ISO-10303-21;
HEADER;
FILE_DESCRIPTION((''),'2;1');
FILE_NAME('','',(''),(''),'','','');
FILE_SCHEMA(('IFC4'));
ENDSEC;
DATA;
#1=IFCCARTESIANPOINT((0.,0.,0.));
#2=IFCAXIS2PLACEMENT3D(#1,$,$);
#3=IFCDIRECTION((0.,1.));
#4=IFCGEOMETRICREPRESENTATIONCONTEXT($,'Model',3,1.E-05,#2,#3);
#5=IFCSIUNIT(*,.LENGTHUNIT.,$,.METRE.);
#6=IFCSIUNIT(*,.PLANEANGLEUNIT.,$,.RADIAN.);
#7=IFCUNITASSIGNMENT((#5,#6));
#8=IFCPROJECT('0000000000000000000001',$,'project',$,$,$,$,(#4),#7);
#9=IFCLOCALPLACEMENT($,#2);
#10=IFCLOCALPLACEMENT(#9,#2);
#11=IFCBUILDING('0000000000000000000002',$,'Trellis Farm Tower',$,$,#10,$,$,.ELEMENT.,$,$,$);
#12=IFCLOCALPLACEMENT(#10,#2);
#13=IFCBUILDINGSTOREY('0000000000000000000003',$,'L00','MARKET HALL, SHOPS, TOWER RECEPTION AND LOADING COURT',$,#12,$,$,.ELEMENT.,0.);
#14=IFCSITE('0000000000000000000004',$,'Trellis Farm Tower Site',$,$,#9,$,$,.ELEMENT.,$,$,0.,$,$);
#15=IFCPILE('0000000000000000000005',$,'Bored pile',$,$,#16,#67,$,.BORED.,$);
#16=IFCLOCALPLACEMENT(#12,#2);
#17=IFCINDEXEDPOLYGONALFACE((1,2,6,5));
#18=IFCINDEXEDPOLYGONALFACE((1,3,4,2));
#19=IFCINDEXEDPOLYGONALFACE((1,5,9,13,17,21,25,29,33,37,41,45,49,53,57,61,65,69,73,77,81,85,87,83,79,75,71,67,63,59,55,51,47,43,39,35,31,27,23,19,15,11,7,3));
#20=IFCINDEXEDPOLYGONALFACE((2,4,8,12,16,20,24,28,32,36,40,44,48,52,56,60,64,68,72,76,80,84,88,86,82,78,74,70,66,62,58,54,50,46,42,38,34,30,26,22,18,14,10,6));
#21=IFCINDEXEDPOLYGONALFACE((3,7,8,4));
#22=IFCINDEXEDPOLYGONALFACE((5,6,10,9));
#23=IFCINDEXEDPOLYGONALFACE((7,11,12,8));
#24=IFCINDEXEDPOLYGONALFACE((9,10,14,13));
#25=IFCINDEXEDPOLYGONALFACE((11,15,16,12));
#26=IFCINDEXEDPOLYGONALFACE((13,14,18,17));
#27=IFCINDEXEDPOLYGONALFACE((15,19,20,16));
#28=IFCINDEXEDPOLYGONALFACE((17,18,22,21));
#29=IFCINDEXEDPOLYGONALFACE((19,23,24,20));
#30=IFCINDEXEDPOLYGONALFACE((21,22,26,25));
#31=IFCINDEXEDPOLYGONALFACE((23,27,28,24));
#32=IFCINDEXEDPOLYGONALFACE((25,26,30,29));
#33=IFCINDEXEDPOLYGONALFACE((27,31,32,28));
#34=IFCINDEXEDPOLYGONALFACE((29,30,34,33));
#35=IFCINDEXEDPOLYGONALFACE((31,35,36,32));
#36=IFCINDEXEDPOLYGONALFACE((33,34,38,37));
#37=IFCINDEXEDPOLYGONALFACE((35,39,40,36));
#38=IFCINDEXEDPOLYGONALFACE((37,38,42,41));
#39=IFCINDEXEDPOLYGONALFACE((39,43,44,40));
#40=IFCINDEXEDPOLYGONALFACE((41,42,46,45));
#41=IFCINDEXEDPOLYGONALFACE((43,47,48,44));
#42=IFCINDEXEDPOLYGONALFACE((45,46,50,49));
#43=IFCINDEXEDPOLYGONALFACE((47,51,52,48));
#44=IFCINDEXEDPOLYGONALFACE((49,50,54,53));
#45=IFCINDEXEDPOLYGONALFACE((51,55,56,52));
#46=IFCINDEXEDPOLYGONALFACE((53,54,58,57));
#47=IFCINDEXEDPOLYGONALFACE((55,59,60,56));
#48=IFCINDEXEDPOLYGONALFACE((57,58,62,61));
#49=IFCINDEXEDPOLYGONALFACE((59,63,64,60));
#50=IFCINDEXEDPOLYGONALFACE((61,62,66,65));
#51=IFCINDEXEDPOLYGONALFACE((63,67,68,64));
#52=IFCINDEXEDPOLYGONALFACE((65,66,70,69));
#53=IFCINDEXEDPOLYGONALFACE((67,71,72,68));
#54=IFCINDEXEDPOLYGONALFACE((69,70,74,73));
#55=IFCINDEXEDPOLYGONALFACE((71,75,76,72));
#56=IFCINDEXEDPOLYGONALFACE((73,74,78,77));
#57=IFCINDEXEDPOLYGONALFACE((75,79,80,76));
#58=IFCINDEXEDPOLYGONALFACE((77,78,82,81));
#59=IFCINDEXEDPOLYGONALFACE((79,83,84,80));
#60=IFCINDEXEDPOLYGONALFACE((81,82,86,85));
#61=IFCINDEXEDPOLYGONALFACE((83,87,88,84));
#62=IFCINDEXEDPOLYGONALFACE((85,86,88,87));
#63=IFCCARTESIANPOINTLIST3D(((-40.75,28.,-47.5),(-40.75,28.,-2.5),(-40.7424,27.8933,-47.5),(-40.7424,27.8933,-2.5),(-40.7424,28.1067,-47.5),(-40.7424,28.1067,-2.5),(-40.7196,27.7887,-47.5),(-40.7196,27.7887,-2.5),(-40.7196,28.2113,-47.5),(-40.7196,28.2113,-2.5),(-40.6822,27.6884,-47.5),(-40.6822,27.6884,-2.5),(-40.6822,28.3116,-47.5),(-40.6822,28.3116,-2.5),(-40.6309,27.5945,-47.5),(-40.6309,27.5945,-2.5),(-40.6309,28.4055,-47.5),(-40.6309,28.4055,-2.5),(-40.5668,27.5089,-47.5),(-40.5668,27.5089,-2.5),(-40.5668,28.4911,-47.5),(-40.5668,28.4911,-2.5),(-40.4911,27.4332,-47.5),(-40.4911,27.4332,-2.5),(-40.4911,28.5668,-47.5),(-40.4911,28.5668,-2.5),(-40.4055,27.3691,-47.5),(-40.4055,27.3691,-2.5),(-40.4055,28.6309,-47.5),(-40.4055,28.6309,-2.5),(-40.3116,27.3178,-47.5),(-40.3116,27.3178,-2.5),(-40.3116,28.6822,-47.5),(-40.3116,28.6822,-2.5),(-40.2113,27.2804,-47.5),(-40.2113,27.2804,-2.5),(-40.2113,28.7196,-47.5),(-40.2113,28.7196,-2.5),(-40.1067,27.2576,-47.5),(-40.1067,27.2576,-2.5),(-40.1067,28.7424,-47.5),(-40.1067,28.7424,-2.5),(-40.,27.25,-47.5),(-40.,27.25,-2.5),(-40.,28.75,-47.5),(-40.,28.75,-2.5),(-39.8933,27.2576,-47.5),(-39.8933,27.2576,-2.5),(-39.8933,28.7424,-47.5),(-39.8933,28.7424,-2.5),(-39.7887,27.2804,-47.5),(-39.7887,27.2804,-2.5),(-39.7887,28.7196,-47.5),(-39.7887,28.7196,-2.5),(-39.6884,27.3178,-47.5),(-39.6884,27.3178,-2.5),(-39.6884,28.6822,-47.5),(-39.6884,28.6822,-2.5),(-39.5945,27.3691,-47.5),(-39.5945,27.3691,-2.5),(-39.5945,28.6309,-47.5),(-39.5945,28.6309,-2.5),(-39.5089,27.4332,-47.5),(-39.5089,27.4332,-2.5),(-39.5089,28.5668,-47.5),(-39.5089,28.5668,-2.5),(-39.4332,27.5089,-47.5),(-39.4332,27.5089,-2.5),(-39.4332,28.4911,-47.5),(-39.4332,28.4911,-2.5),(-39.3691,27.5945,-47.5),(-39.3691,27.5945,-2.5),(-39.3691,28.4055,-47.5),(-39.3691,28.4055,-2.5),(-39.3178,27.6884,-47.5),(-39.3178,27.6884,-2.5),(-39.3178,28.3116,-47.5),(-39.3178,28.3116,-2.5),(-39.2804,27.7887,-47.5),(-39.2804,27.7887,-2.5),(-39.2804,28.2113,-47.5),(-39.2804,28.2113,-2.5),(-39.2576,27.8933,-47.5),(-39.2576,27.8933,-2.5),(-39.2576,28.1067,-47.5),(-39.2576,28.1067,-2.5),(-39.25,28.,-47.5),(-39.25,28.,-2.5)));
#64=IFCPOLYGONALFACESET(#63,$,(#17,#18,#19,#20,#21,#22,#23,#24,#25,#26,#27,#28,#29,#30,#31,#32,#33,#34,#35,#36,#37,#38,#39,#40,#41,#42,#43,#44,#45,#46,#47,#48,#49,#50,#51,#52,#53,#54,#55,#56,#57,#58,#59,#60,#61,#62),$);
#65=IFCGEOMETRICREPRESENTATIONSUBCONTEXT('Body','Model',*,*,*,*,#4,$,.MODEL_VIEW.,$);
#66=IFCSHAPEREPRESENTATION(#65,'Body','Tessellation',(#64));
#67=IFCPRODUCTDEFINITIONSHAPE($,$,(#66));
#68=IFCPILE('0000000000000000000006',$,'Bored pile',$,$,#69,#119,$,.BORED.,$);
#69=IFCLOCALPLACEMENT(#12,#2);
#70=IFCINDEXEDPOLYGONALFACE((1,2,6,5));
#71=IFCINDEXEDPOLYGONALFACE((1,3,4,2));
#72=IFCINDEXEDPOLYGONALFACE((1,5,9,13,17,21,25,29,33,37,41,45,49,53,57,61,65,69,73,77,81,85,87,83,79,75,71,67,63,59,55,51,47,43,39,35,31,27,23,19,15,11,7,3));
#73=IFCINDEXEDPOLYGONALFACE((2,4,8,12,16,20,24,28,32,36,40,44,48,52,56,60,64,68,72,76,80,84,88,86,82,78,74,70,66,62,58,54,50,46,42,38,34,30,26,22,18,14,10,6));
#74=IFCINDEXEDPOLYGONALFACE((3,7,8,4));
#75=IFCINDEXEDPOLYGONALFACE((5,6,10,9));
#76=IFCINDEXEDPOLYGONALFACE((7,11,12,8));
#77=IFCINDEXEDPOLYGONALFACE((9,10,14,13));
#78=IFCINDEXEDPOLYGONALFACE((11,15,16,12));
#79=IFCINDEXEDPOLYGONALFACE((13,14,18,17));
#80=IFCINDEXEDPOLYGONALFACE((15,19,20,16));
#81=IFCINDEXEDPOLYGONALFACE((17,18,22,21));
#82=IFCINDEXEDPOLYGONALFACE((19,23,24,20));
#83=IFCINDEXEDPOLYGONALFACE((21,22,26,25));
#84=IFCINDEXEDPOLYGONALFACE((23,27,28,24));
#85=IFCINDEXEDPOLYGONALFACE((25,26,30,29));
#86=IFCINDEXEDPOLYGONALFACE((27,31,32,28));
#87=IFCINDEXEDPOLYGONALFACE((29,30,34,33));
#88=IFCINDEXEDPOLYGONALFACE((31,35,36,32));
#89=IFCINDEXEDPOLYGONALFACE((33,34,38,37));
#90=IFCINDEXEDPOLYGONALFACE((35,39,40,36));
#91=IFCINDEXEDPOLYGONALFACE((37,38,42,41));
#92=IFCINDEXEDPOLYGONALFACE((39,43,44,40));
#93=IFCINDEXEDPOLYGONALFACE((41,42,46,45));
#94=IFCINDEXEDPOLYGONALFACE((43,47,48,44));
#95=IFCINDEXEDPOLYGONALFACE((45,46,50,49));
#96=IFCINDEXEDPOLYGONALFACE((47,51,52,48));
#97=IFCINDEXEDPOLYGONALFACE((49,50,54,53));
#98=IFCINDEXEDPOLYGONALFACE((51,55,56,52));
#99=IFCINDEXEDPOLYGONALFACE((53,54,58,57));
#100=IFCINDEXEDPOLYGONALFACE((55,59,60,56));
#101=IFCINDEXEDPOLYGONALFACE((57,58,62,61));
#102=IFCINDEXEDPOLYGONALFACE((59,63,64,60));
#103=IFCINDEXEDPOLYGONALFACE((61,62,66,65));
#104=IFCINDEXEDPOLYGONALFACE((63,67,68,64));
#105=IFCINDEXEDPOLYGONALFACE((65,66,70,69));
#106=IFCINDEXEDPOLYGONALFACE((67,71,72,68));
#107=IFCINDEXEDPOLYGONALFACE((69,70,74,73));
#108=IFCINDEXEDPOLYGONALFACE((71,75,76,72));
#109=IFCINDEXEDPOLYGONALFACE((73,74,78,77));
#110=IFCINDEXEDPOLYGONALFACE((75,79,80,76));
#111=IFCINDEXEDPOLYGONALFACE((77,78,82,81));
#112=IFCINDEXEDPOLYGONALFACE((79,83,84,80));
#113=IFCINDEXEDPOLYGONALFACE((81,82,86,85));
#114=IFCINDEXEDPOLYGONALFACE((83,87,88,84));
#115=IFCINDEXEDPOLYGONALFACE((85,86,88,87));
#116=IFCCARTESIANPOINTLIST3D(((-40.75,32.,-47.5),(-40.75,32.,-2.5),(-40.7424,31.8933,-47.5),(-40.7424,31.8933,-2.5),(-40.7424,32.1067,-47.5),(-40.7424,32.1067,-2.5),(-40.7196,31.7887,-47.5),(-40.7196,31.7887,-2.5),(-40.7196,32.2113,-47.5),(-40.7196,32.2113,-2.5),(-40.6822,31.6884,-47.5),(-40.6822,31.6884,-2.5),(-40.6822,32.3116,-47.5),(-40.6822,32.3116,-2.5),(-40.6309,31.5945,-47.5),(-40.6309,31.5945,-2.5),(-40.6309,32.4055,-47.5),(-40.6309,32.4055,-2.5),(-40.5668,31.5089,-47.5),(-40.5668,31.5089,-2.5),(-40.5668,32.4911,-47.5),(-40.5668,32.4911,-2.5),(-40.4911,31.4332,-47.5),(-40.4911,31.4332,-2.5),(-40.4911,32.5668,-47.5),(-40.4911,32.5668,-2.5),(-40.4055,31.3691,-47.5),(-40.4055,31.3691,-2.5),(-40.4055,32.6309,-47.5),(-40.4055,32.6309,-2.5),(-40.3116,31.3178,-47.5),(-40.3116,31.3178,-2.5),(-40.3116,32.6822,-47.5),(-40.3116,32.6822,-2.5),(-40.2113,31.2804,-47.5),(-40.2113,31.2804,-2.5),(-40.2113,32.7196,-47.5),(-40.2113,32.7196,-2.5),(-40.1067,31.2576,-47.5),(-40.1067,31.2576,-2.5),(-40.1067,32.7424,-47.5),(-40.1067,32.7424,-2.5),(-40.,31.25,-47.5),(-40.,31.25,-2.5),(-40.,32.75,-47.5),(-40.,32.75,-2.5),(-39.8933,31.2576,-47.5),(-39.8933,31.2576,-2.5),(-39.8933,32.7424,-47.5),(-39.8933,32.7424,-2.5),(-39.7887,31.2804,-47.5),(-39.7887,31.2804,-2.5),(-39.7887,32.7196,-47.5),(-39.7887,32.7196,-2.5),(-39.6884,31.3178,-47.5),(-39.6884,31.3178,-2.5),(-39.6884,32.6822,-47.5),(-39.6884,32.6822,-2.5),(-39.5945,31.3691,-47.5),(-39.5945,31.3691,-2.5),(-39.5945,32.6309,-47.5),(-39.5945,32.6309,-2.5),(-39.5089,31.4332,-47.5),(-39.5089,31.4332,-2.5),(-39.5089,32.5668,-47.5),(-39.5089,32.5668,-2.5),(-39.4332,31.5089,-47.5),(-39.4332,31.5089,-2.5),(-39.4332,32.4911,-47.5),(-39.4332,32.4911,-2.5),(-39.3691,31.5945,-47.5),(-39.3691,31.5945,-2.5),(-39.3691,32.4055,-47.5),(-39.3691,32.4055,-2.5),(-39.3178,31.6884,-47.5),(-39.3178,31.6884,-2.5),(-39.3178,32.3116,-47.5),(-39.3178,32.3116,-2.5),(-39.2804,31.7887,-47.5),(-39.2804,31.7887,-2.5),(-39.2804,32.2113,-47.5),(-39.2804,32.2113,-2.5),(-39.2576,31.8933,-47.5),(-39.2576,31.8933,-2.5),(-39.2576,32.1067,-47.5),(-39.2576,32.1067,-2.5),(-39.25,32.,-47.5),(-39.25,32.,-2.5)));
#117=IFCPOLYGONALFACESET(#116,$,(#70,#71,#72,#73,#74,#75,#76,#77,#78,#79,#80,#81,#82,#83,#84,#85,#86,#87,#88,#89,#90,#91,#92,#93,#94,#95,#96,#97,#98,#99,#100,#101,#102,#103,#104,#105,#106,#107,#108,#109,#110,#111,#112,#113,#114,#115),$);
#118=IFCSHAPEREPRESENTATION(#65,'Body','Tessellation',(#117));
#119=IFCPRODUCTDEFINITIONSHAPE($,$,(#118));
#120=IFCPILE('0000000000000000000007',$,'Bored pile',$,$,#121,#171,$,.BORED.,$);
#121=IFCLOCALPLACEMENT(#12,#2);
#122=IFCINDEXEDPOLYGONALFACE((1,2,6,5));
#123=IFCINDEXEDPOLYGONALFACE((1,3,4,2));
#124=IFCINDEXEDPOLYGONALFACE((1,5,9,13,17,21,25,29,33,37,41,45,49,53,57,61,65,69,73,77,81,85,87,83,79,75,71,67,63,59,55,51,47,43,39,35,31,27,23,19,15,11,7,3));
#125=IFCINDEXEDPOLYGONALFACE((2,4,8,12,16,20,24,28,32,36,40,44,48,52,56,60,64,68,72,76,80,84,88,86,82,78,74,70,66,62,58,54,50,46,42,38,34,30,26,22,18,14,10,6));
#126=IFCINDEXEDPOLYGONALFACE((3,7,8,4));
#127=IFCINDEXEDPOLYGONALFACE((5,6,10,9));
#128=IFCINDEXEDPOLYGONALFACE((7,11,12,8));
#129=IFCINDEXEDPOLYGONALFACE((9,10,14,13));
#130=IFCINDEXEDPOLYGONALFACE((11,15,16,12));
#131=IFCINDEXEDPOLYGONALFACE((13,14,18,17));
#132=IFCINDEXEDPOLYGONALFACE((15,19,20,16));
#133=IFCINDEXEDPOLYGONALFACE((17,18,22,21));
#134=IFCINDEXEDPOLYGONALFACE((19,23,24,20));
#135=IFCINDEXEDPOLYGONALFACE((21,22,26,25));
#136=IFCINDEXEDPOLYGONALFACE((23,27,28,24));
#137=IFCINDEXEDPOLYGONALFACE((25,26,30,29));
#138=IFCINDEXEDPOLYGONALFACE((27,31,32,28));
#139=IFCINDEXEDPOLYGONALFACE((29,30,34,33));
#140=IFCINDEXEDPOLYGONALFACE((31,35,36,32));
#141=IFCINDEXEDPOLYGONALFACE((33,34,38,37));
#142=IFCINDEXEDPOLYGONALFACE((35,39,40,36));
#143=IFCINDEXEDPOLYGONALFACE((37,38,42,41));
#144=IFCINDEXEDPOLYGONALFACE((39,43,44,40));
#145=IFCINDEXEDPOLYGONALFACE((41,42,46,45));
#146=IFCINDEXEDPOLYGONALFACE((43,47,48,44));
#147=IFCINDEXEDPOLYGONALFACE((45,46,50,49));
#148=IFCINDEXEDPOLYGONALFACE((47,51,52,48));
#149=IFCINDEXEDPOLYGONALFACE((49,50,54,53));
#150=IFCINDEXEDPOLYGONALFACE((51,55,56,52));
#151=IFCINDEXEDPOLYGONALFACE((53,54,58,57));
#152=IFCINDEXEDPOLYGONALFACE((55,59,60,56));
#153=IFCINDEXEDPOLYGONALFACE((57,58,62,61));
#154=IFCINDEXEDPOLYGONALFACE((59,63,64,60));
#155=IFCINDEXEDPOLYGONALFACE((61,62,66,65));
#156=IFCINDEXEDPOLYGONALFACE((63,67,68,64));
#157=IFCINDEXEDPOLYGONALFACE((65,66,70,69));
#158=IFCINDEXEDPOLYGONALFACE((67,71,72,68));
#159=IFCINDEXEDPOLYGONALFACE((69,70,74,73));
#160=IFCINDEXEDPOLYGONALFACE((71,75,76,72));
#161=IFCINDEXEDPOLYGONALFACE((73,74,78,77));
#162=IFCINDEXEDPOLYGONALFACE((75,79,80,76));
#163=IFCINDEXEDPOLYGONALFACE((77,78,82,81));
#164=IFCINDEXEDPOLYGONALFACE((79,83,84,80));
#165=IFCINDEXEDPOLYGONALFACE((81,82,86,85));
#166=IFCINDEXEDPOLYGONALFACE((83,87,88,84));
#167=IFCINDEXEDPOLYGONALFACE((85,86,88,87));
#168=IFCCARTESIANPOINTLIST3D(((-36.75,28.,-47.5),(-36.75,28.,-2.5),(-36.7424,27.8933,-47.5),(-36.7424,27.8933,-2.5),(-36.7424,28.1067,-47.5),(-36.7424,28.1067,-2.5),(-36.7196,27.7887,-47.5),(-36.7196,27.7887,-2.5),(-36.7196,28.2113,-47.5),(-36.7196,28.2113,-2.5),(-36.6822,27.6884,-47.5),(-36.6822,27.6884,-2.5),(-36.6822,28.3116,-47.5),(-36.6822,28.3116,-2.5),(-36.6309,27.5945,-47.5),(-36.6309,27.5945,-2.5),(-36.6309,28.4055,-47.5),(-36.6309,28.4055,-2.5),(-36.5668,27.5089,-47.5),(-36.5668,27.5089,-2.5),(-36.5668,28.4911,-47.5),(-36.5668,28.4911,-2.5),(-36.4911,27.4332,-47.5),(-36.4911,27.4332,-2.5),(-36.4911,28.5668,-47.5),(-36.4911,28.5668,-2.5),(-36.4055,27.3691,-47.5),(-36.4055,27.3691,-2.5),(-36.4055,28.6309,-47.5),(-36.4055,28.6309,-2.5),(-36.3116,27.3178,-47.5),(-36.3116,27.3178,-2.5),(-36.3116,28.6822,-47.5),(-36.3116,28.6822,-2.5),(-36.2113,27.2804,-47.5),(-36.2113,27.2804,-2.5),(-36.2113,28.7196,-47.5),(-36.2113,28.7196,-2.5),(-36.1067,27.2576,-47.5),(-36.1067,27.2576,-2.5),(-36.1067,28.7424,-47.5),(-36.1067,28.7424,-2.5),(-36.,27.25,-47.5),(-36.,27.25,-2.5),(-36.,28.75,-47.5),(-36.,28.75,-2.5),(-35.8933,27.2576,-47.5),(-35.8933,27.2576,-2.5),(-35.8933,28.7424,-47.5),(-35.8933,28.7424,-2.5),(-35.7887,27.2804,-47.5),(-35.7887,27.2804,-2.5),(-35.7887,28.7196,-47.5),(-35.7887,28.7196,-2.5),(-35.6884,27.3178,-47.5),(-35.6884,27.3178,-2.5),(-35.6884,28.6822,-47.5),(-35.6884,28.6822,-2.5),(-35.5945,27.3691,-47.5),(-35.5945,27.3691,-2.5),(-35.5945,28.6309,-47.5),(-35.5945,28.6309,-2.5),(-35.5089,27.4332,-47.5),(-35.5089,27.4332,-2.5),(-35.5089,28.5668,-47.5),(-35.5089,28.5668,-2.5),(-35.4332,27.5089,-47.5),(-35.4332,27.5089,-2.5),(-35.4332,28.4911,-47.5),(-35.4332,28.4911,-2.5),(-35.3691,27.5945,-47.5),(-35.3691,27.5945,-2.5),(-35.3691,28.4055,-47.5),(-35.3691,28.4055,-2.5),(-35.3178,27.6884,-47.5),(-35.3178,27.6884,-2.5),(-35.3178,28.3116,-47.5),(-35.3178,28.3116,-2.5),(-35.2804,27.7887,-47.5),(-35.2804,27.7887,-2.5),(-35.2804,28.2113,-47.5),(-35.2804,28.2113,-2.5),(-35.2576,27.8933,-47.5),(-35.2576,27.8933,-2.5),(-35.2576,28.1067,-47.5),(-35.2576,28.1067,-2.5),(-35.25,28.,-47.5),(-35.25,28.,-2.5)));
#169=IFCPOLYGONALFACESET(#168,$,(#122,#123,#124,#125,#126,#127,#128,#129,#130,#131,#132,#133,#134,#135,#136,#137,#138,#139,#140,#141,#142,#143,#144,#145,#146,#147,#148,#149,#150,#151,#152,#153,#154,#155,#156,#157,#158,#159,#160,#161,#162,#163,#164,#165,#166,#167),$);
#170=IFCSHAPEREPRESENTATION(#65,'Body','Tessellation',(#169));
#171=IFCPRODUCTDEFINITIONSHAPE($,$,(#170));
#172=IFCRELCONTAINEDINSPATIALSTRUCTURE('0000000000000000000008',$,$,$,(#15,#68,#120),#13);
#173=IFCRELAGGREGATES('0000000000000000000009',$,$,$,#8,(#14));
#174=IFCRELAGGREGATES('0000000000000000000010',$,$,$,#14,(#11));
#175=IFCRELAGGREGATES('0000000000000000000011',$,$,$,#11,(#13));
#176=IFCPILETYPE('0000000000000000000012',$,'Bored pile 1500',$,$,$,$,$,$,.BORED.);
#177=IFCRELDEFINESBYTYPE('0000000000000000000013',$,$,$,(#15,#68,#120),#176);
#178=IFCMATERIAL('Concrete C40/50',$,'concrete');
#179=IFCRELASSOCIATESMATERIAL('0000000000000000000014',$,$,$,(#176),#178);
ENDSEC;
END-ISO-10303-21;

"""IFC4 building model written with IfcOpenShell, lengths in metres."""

from ifc_helpers import new_model, si_unit, direction, frame, origin, origin_2d, place, context, subcontext, project, spatial, circle, extrude, source, transform, mapped, material, material_profile, profile_set, type_object, element, save


model = new_model("IFC4")

# Units and contexts
model_context = context("Model", 3, precision=1e-05, world=origin(), true_north=direction((0.0, 1.0)))
body_context = subcontext(model_context, "Body", "Model", "MODEL_VIEW")
ifc_project = project(units=[si_unit("LENGTHUNIT", "METRE"), si_unit("PLANEANGLEUNIT", "RADIAN")], contexts=[model_context])

# Site, building, storey
site_placement = place(None, origin())
site = spatial("IfcSite", under=ifc_project, at=site_placement, Name="Trellis Farm Tower Site", CompositionType="ELEMENT", RefElevation=0.0)
building_placement = place(site_placement, origin())
building = spatial("IfcBuilding", under=site, at=building_placement, Name="Trellis Farm Tower", CompositionType="ELEMENT")
storey_placement = place(building_placement, origin())
storey = spatial("IfcBuildingStorey", under=building, at=storey_placement, Name="L00", Description="MARKET HALL, SHOPS, TOWER RECEPTION AND LOADING COURT", CompositionType="ELEMENT", Elevation=0.0)

# Piles
ifc_material_1 = material(Name="Concrete C40/50", Category="concrete")
ifc_material_profile_1 = material_profile(ifc_material_1, circle(Radius=0.75, at=origin_2d()), Name="Bored pile 1500")
ifc_profile_set_1 = profile_set([ifc_material_profile_1], Name="Concrete C40/50")
pile_type = type_object("IfcPileType", Name="Bored pile 1500", PredefinedType="BORED", material=ifc_profile_set_1)
shared_shape_1 = source(origin(), body_context, "Body", "SweptSolid", [
    extrude(circle(Radius=0.75, at=origin_2d()), origin(), (0.0, 0.0, 1.0), 45.0),
])
for number, where, z_axis, x_axis, name in (
    (1, (-40.0, 28.0, -2.5), (0.0, 0.0, -1.0), (1.0, 0.0, 0.0), "Bored pile"),
    (2, (-40.0, 32.0, -2.5), (0.0, 0.0, -1.0), (1.0, 0.0, 0.0), "Bored pile"),
    (3, (-36.0, 28.0, -2.5), (0.0, 0.0, -1.0), (1.0, 0.0, 0.0), "Bored pile"),
):
    element("IfcPile", number, at=place(storey_placement, frame(where, z_axis=z_axis, x_axis=x_axis)), inside=storey, type_object=pile_type, Name=name, PredefinedType="BORED", context=body_context, shape_type="MappedRepresentation", body=[
        mapped(shared_shape_1, transform((0.0, 0.0, 0.0))),
    ])

save(model, "model.ifc")
